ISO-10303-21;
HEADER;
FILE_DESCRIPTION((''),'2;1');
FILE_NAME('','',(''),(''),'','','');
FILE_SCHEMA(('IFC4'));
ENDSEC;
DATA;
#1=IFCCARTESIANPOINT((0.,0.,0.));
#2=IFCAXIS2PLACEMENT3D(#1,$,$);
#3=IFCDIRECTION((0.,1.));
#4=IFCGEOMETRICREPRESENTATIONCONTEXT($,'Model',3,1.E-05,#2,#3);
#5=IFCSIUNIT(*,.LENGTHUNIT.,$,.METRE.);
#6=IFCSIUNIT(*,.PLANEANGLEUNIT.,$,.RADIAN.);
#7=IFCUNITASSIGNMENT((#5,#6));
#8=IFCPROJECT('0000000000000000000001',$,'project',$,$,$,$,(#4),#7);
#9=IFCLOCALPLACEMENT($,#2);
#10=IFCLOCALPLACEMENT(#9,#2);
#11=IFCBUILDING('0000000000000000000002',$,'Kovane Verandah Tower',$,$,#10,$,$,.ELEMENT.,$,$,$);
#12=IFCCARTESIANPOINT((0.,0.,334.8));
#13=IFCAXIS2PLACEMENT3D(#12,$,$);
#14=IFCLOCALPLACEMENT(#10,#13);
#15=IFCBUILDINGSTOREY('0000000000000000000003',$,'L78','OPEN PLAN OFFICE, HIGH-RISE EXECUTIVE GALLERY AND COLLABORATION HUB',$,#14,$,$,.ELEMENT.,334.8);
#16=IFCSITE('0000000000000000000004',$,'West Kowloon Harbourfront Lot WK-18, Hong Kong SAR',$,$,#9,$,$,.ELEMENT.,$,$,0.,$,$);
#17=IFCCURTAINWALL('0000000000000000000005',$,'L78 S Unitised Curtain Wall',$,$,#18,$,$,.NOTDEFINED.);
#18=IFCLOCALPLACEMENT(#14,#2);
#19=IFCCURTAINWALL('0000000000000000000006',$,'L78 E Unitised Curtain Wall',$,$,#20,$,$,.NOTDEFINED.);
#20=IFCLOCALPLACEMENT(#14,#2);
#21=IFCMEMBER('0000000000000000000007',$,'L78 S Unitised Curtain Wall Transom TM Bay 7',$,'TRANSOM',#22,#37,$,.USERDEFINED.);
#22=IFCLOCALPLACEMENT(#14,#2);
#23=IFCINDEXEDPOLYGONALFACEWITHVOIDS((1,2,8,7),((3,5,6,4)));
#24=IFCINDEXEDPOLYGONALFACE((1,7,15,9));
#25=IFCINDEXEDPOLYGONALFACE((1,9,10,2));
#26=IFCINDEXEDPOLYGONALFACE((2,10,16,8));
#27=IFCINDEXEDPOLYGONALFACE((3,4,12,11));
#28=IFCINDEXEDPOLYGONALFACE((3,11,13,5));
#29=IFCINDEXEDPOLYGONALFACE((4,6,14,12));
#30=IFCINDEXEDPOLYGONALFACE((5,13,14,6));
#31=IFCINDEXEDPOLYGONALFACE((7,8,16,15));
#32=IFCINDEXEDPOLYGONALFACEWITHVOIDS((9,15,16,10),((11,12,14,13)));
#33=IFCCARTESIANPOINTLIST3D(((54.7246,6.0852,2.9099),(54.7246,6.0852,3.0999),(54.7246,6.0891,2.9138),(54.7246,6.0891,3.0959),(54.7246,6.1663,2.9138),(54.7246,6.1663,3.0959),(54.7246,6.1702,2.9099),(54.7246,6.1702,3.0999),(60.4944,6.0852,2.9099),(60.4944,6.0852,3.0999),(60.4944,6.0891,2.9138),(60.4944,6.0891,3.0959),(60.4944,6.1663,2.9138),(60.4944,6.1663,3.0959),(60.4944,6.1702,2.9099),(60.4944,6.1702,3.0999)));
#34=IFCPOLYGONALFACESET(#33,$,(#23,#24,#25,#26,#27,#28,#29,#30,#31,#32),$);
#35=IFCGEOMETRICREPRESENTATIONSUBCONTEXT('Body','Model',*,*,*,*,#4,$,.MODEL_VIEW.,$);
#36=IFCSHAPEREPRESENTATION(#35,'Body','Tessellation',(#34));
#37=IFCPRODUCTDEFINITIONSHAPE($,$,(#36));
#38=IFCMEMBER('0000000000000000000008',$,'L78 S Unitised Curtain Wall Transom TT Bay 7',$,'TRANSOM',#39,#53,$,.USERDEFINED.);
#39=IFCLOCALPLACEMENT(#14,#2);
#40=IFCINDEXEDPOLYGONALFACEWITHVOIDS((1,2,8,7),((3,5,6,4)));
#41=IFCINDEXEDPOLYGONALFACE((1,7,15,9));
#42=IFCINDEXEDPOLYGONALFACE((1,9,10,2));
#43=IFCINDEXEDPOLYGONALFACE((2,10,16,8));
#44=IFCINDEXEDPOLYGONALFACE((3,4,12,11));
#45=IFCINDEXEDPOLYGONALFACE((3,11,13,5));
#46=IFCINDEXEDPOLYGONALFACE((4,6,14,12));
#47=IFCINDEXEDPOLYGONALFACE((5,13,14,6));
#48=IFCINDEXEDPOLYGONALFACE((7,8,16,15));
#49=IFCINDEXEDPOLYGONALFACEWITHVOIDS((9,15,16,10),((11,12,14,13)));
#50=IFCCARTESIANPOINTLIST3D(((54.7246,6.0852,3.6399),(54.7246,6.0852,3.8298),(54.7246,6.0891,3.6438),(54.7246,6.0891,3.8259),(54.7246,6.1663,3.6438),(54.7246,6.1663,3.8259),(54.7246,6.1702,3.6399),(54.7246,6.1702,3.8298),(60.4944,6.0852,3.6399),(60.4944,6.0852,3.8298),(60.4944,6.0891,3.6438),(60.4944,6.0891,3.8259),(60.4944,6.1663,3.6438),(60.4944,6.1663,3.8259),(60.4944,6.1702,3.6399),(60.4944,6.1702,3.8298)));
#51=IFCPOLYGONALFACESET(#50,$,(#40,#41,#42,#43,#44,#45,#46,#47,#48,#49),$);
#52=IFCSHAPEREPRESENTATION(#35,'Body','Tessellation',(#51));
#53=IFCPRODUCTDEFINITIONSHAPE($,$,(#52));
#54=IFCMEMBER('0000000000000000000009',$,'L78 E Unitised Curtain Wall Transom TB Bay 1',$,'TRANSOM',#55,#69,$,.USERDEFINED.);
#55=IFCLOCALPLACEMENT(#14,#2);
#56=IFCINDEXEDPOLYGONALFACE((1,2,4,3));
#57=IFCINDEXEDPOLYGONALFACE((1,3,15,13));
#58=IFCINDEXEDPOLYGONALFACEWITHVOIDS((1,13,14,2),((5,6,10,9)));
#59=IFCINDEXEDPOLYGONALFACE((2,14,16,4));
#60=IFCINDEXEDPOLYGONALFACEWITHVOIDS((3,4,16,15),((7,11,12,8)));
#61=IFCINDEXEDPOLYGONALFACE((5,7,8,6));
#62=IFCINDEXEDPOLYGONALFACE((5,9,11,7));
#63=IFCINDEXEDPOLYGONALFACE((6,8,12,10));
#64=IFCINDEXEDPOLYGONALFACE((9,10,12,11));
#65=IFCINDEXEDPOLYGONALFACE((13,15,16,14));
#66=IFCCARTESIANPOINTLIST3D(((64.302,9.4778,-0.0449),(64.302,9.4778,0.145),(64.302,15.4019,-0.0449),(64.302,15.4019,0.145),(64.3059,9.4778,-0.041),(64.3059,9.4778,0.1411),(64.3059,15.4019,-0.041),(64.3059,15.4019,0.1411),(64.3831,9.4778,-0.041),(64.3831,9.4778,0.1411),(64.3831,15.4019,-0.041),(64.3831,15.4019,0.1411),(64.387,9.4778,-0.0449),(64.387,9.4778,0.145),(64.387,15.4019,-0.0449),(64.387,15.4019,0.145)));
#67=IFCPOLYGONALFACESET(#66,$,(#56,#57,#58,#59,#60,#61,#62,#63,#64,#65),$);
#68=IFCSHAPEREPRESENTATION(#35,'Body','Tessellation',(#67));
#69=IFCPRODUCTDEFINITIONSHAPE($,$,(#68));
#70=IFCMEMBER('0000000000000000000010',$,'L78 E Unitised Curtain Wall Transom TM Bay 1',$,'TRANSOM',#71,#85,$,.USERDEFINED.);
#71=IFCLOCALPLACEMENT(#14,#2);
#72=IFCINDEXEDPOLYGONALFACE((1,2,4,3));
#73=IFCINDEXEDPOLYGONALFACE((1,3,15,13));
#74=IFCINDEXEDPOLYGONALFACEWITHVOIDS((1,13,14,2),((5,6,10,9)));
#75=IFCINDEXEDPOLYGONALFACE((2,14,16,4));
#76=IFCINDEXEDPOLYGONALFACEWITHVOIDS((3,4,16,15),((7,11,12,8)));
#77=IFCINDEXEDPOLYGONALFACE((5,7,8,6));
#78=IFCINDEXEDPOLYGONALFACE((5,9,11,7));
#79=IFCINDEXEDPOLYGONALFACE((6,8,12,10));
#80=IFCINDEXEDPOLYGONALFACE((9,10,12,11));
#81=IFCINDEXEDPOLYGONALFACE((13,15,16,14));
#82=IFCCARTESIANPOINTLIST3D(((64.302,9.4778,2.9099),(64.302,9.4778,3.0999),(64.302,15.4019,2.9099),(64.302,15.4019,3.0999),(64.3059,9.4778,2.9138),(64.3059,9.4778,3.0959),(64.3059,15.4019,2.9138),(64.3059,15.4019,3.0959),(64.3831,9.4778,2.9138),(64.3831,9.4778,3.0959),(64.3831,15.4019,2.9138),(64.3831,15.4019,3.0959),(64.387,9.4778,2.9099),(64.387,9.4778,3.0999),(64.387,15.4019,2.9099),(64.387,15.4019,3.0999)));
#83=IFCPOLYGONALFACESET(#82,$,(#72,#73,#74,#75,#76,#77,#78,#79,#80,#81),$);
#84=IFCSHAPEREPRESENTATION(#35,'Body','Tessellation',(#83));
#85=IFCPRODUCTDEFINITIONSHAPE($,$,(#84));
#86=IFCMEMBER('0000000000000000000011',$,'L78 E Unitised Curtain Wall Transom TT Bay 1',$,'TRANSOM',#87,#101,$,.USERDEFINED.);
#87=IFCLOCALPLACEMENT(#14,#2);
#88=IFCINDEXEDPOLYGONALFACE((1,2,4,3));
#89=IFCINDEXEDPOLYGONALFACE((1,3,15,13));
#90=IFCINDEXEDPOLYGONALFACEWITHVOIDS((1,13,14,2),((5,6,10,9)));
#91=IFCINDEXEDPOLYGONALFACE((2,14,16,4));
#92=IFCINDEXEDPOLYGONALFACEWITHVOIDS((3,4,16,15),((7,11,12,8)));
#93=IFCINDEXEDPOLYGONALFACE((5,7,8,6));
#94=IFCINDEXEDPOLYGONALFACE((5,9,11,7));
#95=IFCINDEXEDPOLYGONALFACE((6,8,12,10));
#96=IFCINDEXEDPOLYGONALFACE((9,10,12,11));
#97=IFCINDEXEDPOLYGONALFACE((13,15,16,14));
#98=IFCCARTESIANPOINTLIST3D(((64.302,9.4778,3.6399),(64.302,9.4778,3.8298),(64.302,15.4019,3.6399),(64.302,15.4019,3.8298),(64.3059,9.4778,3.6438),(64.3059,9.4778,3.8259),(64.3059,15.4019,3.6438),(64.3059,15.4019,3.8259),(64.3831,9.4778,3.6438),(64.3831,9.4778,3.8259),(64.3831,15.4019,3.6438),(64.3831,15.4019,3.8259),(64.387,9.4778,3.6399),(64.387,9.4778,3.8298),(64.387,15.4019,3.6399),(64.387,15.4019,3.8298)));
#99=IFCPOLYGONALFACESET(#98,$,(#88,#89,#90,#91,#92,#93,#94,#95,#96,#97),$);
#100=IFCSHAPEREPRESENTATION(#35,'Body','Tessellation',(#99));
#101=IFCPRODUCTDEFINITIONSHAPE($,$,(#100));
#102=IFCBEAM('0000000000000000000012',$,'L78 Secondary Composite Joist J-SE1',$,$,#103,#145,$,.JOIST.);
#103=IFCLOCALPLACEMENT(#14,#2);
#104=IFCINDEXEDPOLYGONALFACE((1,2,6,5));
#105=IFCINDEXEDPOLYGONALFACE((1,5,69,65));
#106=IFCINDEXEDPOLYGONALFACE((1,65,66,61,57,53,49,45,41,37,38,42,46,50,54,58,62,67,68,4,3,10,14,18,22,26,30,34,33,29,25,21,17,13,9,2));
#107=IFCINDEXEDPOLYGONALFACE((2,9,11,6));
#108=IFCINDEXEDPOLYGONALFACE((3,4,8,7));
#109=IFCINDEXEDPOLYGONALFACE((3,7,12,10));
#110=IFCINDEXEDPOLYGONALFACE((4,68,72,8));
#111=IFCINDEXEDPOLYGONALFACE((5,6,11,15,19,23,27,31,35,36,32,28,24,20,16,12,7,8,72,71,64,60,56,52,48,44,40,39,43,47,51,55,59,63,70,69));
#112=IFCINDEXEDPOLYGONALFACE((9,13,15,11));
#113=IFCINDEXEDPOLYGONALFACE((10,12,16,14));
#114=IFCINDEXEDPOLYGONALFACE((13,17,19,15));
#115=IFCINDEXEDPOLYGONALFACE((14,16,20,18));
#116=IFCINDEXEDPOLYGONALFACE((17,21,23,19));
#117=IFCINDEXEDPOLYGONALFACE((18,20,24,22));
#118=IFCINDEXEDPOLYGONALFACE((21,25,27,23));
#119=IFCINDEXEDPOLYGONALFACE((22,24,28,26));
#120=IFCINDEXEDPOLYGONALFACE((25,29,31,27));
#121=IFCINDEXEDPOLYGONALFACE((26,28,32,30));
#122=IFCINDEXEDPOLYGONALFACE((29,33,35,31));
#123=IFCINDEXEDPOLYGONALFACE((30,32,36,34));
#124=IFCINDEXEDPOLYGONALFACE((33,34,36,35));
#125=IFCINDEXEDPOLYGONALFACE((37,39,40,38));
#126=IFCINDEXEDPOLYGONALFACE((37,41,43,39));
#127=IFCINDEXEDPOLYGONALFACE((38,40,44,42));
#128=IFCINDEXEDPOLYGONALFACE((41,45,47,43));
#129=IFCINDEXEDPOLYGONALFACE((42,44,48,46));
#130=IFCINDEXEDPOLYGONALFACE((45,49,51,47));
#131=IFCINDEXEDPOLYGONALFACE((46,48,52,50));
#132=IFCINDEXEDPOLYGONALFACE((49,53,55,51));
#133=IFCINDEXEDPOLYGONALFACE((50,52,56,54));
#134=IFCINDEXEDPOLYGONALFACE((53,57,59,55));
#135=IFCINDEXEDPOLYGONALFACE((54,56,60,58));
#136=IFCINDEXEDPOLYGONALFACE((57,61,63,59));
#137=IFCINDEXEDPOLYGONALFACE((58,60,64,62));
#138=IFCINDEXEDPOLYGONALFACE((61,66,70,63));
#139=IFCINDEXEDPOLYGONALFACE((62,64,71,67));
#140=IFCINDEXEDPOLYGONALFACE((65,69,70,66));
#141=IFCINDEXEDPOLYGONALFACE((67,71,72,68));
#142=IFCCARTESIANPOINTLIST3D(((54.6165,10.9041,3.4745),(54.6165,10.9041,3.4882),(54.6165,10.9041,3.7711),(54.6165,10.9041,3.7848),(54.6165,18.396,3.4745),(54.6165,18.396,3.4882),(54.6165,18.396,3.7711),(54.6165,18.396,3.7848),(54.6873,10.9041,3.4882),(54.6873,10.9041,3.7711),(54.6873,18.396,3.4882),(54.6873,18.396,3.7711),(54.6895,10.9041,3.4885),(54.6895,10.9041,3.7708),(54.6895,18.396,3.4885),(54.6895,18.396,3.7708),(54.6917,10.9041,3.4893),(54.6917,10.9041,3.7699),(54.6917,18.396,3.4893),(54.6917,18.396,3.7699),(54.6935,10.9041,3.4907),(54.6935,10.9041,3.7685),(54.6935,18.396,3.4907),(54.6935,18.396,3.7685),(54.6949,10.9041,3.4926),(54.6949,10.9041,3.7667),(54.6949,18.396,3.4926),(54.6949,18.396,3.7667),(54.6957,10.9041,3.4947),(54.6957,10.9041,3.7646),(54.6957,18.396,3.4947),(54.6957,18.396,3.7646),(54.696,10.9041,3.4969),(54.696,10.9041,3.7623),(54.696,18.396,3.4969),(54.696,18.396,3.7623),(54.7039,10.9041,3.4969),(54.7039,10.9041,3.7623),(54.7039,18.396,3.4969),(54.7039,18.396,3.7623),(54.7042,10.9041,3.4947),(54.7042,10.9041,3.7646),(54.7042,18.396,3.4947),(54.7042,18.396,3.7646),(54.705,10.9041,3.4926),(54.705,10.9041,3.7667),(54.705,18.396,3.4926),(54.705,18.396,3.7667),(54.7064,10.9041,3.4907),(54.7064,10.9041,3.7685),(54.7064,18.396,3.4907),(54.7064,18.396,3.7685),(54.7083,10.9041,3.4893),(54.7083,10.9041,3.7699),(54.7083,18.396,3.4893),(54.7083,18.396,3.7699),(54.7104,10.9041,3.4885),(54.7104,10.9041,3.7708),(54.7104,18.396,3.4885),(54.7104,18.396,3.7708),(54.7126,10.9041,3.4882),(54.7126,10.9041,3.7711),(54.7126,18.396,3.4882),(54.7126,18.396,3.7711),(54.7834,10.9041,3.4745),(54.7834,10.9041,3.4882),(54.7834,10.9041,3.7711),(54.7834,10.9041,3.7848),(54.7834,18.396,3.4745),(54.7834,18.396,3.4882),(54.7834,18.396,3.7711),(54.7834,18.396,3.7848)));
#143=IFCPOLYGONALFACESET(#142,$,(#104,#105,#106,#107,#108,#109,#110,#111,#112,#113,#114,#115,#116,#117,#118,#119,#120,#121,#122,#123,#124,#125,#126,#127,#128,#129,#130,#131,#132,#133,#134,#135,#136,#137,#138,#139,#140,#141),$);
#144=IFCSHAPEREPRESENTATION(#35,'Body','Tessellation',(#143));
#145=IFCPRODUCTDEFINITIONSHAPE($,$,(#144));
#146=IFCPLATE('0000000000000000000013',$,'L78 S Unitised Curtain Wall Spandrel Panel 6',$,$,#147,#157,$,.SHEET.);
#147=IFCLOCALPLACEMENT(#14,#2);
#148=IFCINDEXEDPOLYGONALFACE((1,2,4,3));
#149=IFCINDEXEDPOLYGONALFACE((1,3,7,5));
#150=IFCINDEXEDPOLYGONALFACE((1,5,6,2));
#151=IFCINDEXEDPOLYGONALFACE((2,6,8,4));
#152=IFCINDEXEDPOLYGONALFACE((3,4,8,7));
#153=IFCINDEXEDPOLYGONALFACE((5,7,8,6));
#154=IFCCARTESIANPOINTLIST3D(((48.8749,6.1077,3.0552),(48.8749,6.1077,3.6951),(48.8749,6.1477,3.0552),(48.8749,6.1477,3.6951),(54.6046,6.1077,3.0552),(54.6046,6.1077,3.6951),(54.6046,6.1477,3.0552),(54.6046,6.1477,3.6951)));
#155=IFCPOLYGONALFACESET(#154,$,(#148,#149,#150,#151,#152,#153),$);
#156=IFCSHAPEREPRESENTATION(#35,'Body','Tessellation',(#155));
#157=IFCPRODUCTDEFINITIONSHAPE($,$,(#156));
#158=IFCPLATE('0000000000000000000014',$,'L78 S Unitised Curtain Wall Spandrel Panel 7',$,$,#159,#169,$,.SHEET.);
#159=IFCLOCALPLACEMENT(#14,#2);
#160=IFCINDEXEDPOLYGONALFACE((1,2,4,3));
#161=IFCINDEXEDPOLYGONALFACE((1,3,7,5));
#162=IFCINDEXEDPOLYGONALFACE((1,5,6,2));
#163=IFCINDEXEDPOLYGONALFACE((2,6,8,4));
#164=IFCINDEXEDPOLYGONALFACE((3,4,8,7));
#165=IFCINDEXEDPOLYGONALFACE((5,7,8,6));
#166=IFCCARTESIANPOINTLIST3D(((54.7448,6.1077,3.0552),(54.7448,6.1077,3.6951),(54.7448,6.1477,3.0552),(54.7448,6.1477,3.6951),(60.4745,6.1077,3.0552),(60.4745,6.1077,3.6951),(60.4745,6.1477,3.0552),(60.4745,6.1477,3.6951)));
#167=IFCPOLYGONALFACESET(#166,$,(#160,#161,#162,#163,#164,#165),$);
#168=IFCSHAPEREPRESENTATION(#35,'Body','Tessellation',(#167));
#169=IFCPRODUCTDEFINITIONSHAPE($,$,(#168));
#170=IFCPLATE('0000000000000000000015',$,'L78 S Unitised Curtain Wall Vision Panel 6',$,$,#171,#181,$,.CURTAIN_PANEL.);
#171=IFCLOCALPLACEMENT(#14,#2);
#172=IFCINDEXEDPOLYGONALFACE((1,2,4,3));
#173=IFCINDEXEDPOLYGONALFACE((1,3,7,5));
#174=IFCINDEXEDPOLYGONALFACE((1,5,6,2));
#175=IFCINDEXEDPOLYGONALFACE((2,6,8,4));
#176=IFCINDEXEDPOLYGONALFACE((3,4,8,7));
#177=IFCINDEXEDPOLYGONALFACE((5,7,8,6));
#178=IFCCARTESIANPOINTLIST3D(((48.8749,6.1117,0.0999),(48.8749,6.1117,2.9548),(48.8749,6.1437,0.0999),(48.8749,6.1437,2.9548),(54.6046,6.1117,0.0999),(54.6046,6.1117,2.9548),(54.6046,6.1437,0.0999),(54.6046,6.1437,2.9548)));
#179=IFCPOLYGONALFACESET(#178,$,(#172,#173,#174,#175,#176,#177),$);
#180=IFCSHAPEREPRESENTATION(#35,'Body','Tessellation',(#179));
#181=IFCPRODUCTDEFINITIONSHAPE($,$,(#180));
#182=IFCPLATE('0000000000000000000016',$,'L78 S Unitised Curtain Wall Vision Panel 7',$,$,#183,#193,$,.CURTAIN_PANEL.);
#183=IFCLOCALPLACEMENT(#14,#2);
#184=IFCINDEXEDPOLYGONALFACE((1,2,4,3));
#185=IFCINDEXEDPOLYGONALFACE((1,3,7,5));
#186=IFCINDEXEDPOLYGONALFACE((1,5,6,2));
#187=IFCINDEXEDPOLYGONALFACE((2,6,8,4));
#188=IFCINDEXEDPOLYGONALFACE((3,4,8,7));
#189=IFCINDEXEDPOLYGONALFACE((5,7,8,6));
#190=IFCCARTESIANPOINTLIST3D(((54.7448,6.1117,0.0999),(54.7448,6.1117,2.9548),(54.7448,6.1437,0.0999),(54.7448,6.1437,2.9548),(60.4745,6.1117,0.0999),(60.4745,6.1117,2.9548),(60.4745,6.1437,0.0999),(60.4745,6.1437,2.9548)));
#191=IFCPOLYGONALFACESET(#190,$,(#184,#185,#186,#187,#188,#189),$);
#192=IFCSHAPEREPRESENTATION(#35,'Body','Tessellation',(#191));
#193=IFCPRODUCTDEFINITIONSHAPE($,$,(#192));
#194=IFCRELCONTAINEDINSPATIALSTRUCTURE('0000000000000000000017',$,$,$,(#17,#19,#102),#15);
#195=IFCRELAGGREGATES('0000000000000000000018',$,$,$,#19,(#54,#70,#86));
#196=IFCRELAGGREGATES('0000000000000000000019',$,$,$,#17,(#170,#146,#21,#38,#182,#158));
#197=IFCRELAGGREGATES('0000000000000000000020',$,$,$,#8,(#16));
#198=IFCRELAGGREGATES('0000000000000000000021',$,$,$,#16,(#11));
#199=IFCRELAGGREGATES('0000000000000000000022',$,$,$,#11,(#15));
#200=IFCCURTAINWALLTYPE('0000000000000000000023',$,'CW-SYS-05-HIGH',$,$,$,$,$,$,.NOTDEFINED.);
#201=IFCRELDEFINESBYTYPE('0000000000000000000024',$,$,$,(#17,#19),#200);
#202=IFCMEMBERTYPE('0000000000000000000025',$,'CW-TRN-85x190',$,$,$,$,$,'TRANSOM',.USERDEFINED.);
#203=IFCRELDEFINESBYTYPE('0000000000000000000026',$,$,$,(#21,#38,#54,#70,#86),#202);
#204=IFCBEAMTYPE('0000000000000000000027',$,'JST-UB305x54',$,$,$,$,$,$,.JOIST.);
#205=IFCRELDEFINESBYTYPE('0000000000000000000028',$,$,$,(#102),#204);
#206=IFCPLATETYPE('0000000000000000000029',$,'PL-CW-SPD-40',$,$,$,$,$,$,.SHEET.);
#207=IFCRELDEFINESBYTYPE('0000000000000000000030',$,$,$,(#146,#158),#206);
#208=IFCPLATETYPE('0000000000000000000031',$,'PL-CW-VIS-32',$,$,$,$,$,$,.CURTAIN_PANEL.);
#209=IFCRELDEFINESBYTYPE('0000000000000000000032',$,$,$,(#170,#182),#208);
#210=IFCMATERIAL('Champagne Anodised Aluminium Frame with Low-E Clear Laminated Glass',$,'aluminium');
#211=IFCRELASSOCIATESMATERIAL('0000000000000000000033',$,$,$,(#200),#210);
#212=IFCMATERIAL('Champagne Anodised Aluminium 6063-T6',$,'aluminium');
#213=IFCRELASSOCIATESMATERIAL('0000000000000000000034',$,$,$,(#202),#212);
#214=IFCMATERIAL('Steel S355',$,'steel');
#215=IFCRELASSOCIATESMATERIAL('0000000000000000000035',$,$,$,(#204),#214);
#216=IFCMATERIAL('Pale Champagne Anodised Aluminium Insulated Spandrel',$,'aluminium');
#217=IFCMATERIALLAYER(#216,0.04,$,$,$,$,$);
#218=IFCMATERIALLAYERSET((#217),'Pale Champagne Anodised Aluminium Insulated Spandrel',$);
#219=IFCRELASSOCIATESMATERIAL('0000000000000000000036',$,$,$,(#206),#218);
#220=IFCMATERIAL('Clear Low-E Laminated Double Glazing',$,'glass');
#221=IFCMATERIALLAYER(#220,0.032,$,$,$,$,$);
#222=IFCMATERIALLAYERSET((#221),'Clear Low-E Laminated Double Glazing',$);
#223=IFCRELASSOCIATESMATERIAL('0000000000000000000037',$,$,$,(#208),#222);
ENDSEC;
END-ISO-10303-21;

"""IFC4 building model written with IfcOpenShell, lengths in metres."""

from ifc_helpers import new_model, si_unit, direction, frame, origin, origin_2d, place, context, subcontext, project, spatial, rectangle, hollow_rectangle, i_section, extrude, material, layer, layer_set, material_profile, profile_set, type_object, element, aggregate, save


model = new_model("IFC4")

# Units and contexts
model_context = context("Model", 3, precision=1e-05, world=origin(), true_north=direction((0.0, 1.0)))
body_context = subcontext(model_context, "Body", "Model", "MODEL_VIEW")
ifc_project = project(units=[si_unit("LENGTHUNIT", "METRE"), si_unit("PLANEANGLEUNIT", "RADIAN")], contexts=[model_context])

# Site, building, storey
site_placement = place(None, origin())
site = spatial("IfcSite", under=ifc_project, at=site_placement, Name="West Kowloon Harbourfront Lot WK-18, Hong Kong SAR", CompositionType="ELEMENT", RefElevation=0.0)
building_placement = place(site_placement, origin())
building = spatial("IfcBuilding", under=site, at=building_placement, Name="Kovane Verandah Tower", CompositionType="ELEMENT")
storey_placement = place(building_placement, frame((0.0, 0.0, 334.8)))
storey = spatial("IfcBuildingStorey", under=building, at=storey_placement, Name="L78", Description="OPEN PLAN OFFICE, HIGH-RISE EXECUTIVE GALLERY AND COLLABORATION HUB", CompositionType="ELEMENT", Elevation=334.8)

# Shared definitions
ifc_material_1 = material(Name="Steel S355", Category="steel")

# Curtain wall
ifc_material_2 = material(Name="Champagne Anodised Aluminium Frame with Low-E Clear Laminated Glass", Category="aluminium")
curtain_wall_type = type_object("IfcCurtainWallType", Name="CW-SYS-05-HIGH", PredefinedType="NOTDEFINED", material=ifc_material_2)
curtain_wall_1_placement = place(storey_placement, origin())
curtain_wall_1 = element("IfcCurtainWall", 1, at=curtain_wall_1_placement, inside=storey, type_object=curtain_wall_type, Name="L78 S Unitised Curtain Wall", PredefinedType="NOTDEFINED")
ifc_material_3 = material(Name="Champagne Anodised Aluminium 6063-T6", Category="aluminium")

# Curtain wall
curtain_wall_2_placement = place(storey_placement, origin())
curtain_wall_2 = element("IfcCurtainWall", 2, at=curtain_wall_2_placement, inside=storey, type_object=curtain_wall_type, Name="L78 E Unitised Curtain Wall", PredefinedType="NOTDEFINED")

# Members
ifc_material_profile_1 = material_profile(ifc_material_3, hollow_rectangle(XDim=0.085, YDim=0.1899, WallThickness=0.0039, at=origin_2d()), Name="AL85x190x4")
ifc_profile_set_1 = profile_set([ifc_material_profile_1], Name="Champagne Anodised Aluminium 6063-T6")
member_type_1 = type_object("IfcMemberType", Name="CW-TRN-85x190", ElementType="TRANSOM", PredefinedType="USERDEFINED", material=ifc_profile_set_1)
member_1_placement = place(storey_placement, frame((54.7246, 6.1277, 3.0049), z_axis=(1.0, 0.0, 0.0), x_axis=(0.0, 1.0, 0.0)))
member_1 = element("IfcMember", 3, at=member_1_placement, type_object=member_type_1, Name="L78 S Unitised Curtain Wall Transom TM Bay 7", ObjectType="TRANSOM", PredefinedType="USERDEFINED", context=body_context, shape_type="SweptSolid", body=[
    extrude(hollow_rectangle(XDim=0.085, YDim=0.1899, WallThickness=0.0039, at=origin_2d()), origin(), (0.0, 0.0, 1.0), 5.7698),
])
member_2_placement = place(storey_placement, frame((54.7246, 6.1277, 3.7349), z_axis=(1.0, 0.0, 0.0), x_axis=(0.0, 1.0, 0.0)))
member_2 = element("IfcMember", 4, at=member_2_placement, type_object=member_type_1, Name="L78 S Unitised Curtain Wall Transom TT Bay 7", ObjectType="TRANSOM", PredefinedType="USERDEFINED", context=body_context, shape_type="SweptSolid", body=[
    extrude(hollow_rectangle(XDim=0.085, YDim=0.1899, WallThickness=0.0039, at=origin_2d()), origin(), (0.0, 0.0, 1.0), 5.7698),
])
member_3_placement = place(storey_placement, frame((64.3445, 9.4778, 0.05), z_axis=(0.0, 1.0, 0.0), x_axis=(-1.0, 0.0, 0.0)))
member_3 = element("IfcMember", 5, at=member_3_placement, type_object=member_type_1, Name="L78 E Unitised Curtain Wall Transom TB Bay 1", ObjectType="TRANSOM", PredefinedType="USERDEFINED", context=body_context, shape_type="SweptSolid", body=[
    extrude(hollow_rectangle(XDim=0.085, YDim=0.1899, WallThickness=0.0039, at=origin_2d()), origin(), (0.0, 0.0, 1.0), 5.9241),
])
member_4_placement = place(storey_placement, frame((64.3445, 9.4778, 3.0049), z_axis=(0.0, 1.0, 0.0), x_axis=(-1.0, 0.0, 0.0)))
member_4 = element("IfcMember", 6, at=member_4_placement, type_object=member_type_1, Name="L78 E Unitised Curtain Wall Transom TM Bay 1", ObjectType="TRANSOM", PredefinedType="USERDEFINED", context=body_context, shape_type="SweptSolid", body=[
    extrude(hollow_rectangle(XDim=0.085, YDim=0.1899, WallThickness=0.0039, at=origin_2d()), origin(), (0.0, 0.0, 1.0), 5.9241),
])
member_5_placement = place(storey_placement, frame((64.3445, 9.4778, 3.7349), z_axis=(0.0, 1.0, 0.0), x_axis=(-1.0, 0.0, 0.0)))
member_5 = element("IfcMember", 7, at=member_5_placement, type_object=member_type_1, Name="L78 E Unitised Curtain Wall Transom TT Bay 1", ObjectType="TRANSOM", PredefinedType="USERDEFINED", context=body_context, shape_type="SweptSolid", body=[
    extrude(hollow_rectangle(XDim=0.085, YDim=0.1899, WallThickness=0.0039, at=origin_2d()), origin(), (0.0, 0.0, 1.0), 5.9241),
])
aggregate(curtain_wall_2, [member_3, member_4, member_5])

# Beam
ifc_material_profile_2 = material_profile(ifc_material_1, i_section(OverallWidth=0.167, OverallDepth=0.3103, WebThickness=0.0078, FlangeThickness=0.0137, FilletRadius=0.0088, at=origin_2d()), Name="UB305x165x54")
ifc_profile_set_2 = profile_set([ifc_material_profile_2], Name="Steel S355")
beam_type_1 = type_object("IfcBeamType", Name="JST-UB305x54", PredefinedType="JOIST", material=ifc_profile_set_2)
beam_1_placement = place(storey_placement, frame((54.7, 10.9041, 3.6296), z_axis=(0.0, 1.0, 0.0), x_axis=(-1.0, 0.0, 0.0)))
element("IfcBeam", 8, at=beam_1_placement, inside=storey, type_object=beam_type_1, Name="L78 Secondary Composite Joist J-SE1", PredefinedType="JOIST", context=body_context, shape_type="SweptSolid", body=[
    extrude(i_section(OverallWidth=0.167, OverallDepth=0.3103, WebThickness=0.0078, FlangeThickness=0.0137, FilletRadius=0.0088, at=origin_2d()), origin(), (0.0, 0.0, 1.0), 7.4919),
])

# Plates
ifc_material_4 = material(Name="Pale Champagne Anodised Aluminium Insulated Spandrel", Category="aluminium")
ifc_layer_1 = layer(ifc_material_4, 0.04)
ifc_layer_set_1 = layer_set([ifc_layer_1], Name="Pale Champagne Anodised Aluminium Insulated Spandrel")
plate_type_1 = type_object("IfcPlateType", Name="PL-CW-SPD-40", PredefinedType="SHEET", material=ifc_layer_set_1)
plate_1_placement = place(storey_placement, frame((51.7397, 6.1277, 3.0552), z_axis=(0.0, 0.0, 1.0), x_axis=(1.0, 0.0, 0.0)))
plate_1 = element("IfcPlate", 9, at=plate_1_placement, type_object=plate_type_1, Name="L78 S Unitised Curtain Wall Spandrel Panel 6", PredefinedType="SHEET", context=body_context, shape_type="SweptSolid", body=[
    extrude(rectangle(XDim=5.7297, YDim=0.04, at=origin_2d()), origin(), (0.0, 0.0, 1.0), 0.6399),
])
plate_2_placement = place(storey_placement, frame((57.6096, 6.1277, 3.0552), z_axis=(0.0, 0.0, 1.0), x_axis=(1.0, 0.0, 0.0)))
plate_2 = element("IfcPlate", 10, at=plate_2_placement, type_object=plate_type_1, Name="L78 S Unitised Curtain Wall Spandrel Panel 7", PredefinedType="SHEET", context=body_context, shape_type="SweptSolid", body=[
    extrude(rectangle(XDim=5.7297, YDim=0.04, at=origin_2d()), origin(), (0.0, 0.0, 1.0), 0.6399),
])
ifc_material_5 = material(Name="Clear Low-E Laminated Double Glazing", Category="glass")
ifc_layer_2 = layer(ifc_material_5, 0.032)
ifc_layer_set_2 = layer_set([ifc_layer_2], Name="Clear Low-E Laminated Double Glazing")
plate_type_2 = type_object("IfcPlateType", Name="PL-CW-VIS-32", PredefinedType="CURTAIN_PANEL", material=ifc_layer_set_2)
plate_3_placement = place(storey_placement, frame((51.7397, 6.1277, 0.0999), z_axis=(0.0, 0.0, 1.0), x_axis=(1.0, 0.0, 0.0)))
plate_3 = element("IfcPlate", 11, at=plate_3_placement, type_object=plate_type_2, Name="L78 S Unitised Curtain Wall Vision Panel 6", PredefinedType="CURTAIN_PANEL", context=body_context, shape_type="SweptSolid", body=[
    extrude(rectangle(XDim=5.7297, YDim=0.032, at=origin_2d()), origin(), (0.0, 0.0, 1.0), 2.855),
])
plate_4_placement = place(storey_placement, frame((57.6096, 6.1277, 0.0999), z_axis=(0.0, 0.0, 1.0), x_axis=(1.0, 0.0, 0.0)))
plate_4 = element("IfcPlate", 12, at=plate_4_placement, type_object=plate_type_2, Name="L78 S Unitised Curtain Wall Vision Panel 7", PredefinedType="CURTAIN_PANEL", context=body_context, shape_type="SweptSolid", body=[
    extrude(rectangle(XDim=5.7297, YDim=0.032, at=origin_2d()), origin(), (0.0, 0.0, 1.0), 2.855),
])
aggregate(curtain_wall_1, [plate_3, plate_1, member_1, member_2, plate_4, plate_2])

save(model, "model.ifc")
